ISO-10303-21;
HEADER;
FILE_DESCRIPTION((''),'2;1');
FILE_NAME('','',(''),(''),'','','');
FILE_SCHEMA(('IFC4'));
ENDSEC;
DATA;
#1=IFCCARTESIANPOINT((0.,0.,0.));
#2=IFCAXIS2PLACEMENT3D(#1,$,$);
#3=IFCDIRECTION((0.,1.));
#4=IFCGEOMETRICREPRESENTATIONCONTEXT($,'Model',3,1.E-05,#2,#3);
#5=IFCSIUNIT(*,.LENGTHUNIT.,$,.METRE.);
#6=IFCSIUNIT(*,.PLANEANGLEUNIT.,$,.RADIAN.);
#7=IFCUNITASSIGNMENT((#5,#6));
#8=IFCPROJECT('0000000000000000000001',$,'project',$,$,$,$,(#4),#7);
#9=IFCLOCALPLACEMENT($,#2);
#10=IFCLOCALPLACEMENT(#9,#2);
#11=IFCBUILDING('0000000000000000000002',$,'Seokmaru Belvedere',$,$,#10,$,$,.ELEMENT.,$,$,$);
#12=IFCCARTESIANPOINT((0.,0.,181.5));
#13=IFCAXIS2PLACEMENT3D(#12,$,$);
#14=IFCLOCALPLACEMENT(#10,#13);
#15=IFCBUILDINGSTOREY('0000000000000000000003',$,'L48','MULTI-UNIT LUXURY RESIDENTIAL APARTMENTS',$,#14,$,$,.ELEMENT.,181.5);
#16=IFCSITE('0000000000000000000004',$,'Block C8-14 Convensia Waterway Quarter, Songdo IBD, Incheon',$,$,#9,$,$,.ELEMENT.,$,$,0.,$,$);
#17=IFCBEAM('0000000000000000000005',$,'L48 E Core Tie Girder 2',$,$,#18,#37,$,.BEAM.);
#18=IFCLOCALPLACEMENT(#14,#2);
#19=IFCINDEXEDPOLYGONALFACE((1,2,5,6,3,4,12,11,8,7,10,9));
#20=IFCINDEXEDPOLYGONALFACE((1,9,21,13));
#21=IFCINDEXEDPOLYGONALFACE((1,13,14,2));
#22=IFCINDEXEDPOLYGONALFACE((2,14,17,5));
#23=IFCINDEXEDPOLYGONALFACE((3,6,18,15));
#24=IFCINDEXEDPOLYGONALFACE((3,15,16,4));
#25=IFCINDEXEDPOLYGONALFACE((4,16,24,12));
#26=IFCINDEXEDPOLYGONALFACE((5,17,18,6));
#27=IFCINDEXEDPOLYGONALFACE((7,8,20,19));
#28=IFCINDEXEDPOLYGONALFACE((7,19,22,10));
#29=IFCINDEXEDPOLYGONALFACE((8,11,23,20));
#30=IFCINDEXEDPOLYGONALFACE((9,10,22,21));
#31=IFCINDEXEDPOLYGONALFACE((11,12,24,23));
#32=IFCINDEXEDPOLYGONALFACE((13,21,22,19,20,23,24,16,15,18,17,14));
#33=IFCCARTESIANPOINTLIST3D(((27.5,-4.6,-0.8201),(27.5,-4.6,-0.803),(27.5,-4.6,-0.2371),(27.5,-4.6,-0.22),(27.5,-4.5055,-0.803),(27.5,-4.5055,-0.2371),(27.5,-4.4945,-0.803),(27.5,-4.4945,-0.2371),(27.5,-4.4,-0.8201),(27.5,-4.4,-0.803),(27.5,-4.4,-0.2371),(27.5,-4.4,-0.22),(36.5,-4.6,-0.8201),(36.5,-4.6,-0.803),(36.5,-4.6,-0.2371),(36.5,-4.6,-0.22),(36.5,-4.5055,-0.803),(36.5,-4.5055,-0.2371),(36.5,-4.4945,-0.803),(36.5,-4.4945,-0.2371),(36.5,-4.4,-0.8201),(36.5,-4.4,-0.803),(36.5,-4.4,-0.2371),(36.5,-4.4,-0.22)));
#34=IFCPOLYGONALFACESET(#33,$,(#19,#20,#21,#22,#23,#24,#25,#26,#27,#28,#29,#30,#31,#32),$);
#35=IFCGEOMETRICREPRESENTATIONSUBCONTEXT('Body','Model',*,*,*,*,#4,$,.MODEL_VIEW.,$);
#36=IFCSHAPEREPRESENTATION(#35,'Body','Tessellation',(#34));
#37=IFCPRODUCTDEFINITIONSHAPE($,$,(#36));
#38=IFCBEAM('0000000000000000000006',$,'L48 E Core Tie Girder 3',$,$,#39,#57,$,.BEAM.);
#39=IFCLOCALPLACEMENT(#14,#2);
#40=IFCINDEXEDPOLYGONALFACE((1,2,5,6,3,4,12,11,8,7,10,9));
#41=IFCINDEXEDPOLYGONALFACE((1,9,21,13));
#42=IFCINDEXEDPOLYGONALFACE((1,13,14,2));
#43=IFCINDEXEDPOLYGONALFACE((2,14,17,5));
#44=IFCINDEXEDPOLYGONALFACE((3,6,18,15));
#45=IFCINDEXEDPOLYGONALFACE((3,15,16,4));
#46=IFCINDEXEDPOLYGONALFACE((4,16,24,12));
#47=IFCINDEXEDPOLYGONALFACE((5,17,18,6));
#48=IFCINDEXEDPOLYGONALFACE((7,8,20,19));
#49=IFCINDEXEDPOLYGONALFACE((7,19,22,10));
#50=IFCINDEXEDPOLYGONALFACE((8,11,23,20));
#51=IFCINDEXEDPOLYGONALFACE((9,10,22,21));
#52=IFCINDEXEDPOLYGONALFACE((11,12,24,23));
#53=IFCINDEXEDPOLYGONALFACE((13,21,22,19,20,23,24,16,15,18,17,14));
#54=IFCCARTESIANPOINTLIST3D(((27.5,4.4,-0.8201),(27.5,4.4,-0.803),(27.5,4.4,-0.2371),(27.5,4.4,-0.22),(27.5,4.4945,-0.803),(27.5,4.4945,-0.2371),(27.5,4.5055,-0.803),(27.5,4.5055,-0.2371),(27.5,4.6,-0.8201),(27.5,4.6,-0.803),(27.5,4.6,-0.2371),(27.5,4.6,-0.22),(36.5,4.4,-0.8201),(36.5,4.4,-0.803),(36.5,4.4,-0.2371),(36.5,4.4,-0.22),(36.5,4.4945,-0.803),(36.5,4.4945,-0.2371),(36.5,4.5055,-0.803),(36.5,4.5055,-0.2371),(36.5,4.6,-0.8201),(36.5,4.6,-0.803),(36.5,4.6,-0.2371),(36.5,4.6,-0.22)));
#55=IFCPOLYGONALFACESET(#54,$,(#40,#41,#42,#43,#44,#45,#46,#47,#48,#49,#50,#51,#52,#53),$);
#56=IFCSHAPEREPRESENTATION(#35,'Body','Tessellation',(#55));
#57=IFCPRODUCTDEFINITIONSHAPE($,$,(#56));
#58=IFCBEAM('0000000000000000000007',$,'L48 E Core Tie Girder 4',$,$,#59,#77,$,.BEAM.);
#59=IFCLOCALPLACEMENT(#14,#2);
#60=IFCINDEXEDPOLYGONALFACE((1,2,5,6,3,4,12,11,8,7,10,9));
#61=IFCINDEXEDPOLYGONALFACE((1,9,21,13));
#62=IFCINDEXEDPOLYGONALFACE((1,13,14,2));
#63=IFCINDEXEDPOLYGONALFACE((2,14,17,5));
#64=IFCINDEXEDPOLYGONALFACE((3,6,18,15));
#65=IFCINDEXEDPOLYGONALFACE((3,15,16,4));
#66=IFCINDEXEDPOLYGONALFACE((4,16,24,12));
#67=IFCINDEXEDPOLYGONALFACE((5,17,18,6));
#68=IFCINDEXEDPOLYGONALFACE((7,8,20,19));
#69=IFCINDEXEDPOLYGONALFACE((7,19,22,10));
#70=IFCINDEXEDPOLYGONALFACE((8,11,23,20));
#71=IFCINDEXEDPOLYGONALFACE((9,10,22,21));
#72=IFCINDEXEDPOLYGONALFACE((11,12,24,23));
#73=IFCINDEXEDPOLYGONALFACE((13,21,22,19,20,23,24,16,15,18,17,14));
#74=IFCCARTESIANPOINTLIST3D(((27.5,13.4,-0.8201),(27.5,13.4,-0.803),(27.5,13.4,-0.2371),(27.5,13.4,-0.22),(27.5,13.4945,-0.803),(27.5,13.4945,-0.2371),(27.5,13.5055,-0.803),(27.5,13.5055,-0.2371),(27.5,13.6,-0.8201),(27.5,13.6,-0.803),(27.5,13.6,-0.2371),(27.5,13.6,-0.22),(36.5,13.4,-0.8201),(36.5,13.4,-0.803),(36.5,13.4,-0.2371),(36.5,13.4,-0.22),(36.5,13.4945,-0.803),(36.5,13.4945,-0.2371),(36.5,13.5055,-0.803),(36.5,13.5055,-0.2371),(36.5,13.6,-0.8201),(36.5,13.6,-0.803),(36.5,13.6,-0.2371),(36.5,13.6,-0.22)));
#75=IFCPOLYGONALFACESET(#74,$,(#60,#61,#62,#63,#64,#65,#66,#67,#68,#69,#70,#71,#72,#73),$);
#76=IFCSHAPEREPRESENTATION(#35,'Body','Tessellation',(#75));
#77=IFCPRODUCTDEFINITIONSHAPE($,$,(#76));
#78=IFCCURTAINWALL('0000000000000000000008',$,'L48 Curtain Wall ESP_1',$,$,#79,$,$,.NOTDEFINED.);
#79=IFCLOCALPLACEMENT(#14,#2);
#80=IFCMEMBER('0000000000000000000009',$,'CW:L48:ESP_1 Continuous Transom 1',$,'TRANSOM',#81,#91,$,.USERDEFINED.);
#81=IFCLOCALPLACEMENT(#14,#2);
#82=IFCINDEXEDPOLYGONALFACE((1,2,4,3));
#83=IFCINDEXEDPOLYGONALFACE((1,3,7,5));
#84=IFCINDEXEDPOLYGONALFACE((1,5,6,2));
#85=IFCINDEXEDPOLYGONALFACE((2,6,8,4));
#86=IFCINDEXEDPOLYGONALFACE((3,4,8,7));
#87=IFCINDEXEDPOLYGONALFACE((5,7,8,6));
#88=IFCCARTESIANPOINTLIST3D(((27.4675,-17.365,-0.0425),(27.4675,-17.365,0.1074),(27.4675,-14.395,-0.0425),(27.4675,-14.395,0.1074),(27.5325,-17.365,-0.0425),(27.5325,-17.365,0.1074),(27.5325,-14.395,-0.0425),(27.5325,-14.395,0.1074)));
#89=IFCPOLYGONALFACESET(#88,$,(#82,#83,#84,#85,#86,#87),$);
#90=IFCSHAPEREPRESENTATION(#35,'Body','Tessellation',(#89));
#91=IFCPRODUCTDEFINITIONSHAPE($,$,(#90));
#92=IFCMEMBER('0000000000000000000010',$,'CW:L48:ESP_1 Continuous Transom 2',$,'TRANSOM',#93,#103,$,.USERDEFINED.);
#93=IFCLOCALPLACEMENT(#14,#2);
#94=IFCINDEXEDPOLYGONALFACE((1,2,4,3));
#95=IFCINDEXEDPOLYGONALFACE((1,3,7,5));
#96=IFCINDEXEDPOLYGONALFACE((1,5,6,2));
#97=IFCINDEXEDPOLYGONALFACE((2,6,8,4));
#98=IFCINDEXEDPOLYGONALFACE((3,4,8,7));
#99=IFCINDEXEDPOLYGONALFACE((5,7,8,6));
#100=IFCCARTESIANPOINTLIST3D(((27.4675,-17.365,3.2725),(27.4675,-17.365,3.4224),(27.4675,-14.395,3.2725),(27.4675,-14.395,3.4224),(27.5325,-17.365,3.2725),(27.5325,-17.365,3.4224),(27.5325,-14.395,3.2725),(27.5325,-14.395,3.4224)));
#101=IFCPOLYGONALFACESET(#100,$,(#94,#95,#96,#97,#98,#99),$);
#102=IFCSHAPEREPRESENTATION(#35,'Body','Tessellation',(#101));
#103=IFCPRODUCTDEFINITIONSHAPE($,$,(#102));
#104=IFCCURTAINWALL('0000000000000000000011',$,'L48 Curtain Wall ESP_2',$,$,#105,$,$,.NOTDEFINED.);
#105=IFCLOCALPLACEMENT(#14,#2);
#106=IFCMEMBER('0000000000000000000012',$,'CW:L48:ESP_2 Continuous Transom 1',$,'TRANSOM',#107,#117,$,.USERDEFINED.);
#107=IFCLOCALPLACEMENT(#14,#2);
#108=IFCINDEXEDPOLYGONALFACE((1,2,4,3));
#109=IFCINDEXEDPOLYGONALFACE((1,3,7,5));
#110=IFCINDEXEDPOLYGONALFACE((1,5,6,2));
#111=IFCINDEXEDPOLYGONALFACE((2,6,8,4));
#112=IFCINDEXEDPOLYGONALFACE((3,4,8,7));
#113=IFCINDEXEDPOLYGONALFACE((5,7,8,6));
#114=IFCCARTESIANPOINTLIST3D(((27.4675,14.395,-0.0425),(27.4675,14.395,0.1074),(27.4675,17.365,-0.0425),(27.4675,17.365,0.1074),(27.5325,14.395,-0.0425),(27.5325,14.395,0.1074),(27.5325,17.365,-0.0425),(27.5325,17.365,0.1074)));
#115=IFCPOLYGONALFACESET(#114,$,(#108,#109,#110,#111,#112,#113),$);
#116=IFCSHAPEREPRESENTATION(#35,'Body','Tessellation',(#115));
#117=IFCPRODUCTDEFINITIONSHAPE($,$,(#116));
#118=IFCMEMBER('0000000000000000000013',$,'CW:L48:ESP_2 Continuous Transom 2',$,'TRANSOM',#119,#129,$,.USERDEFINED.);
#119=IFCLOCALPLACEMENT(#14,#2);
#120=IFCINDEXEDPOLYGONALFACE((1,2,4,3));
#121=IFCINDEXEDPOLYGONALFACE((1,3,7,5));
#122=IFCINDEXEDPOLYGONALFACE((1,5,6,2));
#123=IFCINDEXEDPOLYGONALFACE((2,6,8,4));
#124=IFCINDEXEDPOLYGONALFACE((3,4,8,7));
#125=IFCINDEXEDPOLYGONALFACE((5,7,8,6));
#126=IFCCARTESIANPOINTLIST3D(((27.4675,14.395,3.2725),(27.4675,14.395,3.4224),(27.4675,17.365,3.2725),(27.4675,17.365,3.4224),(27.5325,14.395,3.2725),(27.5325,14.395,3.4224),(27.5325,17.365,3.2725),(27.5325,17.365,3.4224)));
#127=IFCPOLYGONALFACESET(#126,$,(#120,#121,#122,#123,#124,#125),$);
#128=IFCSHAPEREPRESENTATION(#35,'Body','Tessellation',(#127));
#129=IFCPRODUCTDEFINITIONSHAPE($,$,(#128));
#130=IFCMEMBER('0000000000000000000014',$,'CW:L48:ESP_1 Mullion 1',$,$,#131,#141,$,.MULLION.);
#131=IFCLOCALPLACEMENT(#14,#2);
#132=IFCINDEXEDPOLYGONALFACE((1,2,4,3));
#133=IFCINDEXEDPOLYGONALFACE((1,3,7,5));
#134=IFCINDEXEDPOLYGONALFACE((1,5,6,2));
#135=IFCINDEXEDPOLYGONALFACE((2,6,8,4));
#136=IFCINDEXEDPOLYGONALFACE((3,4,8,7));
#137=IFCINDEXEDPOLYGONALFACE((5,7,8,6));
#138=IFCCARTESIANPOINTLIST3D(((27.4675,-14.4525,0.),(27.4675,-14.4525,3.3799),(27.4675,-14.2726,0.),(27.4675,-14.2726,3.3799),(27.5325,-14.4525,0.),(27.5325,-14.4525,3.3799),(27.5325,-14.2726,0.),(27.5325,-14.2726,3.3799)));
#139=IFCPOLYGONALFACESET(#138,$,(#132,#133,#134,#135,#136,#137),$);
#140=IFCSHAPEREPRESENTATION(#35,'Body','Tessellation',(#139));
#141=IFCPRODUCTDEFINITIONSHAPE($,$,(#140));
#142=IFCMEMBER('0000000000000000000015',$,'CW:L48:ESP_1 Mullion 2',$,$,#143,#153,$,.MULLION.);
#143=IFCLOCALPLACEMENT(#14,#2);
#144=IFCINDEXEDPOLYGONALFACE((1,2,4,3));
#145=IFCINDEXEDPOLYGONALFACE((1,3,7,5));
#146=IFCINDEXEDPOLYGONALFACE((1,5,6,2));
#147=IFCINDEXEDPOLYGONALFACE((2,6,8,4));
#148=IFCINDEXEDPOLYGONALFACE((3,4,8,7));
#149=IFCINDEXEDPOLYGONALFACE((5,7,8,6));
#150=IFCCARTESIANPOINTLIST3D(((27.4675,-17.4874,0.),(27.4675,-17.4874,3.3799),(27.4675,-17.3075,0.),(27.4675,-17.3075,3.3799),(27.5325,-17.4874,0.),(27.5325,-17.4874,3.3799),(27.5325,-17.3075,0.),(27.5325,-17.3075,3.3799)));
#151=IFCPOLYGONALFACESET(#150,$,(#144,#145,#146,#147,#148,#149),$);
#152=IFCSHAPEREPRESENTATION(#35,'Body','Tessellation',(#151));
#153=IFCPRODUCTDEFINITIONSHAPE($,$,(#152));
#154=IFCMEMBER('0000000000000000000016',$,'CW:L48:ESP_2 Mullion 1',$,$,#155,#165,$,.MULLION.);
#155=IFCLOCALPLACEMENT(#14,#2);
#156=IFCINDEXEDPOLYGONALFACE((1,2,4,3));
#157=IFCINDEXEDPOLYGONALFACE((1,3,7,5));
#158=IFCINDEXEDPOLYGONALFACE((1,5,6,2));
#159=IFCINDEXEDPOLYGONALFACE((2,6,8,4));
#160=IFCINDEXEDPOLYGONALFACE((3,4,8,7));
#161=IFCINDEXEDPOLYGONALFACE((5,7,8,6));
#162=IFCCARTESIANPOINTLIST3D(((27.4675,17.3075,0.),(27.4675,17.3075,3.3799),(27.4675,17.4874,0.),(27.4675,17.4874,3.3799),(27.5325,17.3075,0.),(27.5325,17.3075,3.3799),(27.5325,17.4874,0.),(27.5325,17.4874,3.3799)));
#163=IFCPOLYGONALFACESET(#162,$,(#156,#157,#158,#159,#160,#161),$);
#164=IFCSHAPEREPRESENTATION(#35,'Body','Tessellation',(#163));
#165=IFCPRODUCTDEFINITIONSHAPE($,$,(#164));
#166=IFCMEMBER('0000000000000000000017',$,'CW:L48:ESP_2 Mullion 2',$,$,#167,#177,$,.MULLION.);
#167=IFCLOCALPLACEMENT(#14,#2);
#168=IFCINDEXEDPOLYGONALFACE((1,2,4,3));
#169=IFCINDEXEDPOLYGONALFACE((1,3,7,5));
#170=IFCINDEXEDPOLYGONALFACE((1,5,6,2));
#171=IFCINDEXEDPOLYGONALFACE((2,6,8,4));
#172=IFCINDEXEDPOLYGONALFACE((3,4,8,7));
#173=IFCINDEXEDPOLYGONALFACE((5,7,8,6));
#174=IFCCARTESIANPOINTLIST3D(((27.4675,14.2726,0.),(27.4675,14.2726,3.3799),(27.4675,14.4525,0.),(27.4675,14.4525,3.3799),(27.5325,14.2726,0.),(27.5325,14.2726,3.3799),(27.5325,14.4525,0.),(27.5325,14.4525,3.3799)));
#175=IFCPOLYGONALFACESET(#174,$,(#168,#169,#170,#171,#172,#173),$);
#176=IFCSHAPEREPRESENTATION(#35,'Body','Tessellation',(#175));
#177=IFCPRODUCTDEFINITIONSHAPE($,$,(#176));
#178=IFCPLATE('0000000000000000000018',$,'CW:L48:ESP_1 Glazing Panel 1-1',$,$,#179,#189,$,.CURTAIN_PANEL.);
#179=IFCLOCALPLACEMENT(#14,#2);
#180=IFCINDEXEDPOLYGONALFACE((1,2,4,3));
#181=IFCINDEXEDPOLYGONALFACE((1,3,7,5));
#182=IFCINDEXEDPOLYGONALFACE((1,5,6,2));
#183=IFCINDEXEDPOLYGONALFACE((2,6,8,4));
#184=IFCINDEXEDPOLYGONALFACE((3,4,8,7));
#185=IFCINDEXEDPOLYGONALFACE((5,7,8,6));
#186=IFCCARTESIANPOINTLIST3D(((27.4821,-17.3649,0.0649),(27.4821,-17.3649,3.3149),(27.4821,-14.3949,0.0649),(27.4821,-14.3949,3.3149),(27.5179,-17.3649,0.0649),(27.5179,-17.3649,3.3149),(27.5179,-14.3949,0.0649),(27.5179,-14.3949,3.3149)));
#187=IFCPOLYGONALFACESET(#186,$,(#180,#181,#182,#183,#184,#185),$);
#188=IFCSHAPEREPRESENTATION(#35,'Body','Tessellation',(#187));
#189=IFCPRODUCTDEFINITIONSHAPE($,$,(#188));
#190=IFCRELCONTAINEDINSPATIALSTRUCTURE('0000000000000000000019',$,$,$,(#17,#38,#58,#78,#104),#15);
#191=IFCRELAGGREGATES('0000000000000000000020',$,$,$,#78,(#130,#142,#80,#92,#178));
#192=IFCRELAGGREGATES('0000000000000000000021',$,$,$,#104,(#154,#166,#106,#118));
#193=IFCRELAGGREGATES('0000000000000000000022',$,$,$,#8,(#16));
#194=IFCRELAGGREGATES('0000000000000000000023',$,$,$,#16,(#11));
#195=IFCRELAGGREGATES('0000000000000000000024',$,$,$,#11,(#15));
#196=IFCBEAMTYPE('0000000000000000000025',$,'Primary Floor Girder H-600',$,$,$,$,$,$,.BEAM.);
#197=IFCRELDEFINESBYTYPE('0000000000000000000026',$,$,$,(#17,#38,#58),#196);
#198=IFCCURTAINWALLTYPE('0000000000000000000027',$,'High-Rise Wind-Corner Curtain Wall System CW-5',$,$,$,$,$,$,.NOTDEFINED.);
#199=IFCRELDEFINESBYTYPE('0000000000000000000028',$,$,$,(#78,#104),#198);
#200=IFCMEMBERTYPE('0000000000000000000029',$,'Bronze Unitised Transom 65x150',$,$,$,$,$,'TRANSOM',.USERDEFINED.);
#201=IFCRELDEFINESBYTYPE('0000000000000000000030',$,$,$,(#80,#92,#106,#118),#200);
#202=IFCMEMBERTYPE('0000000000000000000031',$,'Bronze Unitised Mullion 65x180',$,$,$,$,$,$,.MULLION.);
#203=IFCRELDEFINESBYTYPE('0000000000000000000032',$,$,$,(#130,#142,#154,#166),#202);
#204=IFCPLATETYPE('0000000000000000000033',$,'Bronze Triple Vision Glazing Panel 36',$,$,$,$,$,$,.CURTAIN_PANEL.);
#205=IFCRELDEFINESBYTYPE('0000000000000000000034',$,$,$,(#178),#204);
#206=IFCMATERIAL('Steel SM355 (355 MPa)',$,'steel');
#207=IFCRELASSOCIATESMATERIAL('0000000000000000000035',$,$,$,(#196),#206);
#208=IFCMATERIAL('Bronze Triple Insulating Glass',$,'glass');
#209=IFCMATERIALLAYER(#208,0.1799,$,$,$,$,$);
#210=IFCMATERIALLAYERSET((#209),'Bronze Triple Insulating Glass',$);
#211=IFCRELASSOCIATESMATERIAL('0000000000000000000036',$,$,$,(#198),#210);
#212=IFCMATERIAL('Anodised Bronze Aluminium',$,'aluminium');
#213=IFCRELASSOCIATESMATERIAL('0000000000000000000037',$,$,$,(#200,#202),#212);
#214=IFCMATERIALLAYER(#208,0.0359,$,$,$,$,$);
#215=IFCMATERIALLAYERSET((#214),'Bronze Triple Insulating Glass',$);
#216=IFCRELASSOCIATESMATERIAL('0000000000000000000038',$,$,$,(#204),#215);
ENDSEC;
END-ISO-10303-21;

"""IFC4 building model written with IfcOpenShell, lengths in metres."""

from ifc_helpers import new_model, si_unit, direction, frame, origin, origin_2d, place, context, subcontext, project, spatial, rectangle, i_section, extrude, source, transform, mapped, material, layer, layer_set, material_profile, profile_set, type_object, type_shapes, element, aggregate, save


model = new_model("IFC4")

# Units and contexts
model_context = context("Model", 3, precision=1e-05, world=origin(), true_north=direction((0.0, 1.0)))
body_context = subcontext(model_context, "Body", "Model", "MODEL_VIEW")
ifc_project = project(units=[si_unit("LENGTHUNIT", "METRE"), si_unit("PLANEANGLEUNIT", "RADIAN")], contexts=[model_context])

# Site, building, storey
site_placement = place(None, origin())
site = spatial("IfcSite", under=ifc_project, at=site_placement, Name="Block C8-14 Convensia Waterway Quarter, Songdo IBD, Incheon", CompositionType="ELEMENT", RefElevation=0.0)
building_placement = place(site_placement, origin())
building = spatial("IfcBuilding", under=site, at=building_placement, Name="Seokmaru Belvedere", CompositionType="ELEMENT")
storey_placement = place(building_placement, frame((0.0, 0.0, 181.5)))
storey = spatial("IfcBuildingStorey", under=building, at=storey_placement, Name="L48", Description="MULTI-UNIT LUXURY RESIDENTIAL APARTMENTS", CompositionType="ELEMENT", Elevation=181.5)

# Beams
ifc_material_1 = material(Name="Steel SM355 (355 MPa)", Category="steel")
ifc_material_profile_1 = material_profile(ifc_material_1, i_section(OverallWidth=0.2, OverallDepth=0.6001, WebThickness=0.011, FlangeThickness=0.0171, at=origin_2d()), Name="H-600x200x11x17")
ifc_profile_set_1 = profile_set([ifc_material_profile_1], Name="Steel SM355 (355 MPa)")
beam_type = type_object("IfcBeamType", Name="Primary Floor Girder H-600", PredefinedType="BEAM", material=ifc_profile_set_1)
shared_shape_1 = source(origin(), body_context, "Body", "SweptSolid", [
    extrude(i_section(OverallWidth=0.2, OverallDepth=0.6001, WebThickness=0.011, FlangeThickness=0.0171, at=origin_2d()), origin(), (0.0, 0.0, 1.0), 9.0),
])
type_shapes(beam_type, [shared_shape_1])
for number, where, z_axis, x_axis, name in (
    (1, (27.5, -4.5, -0.52), (1.0, 0.0, 0.0), (0.0, 1.0, 0.0), "L48 E Core Tie Girder 2"),
    (2, (27.5, 4.5, -0.52), (1.0, 0.0, 0.0), (0.0, 1.0, 0.0), "L48 E Core Tie Girder 3"),
    (3, (27.5, 13.5, -0.52), (1.0, 0.0, 0.0), (0.0, 1.0, 0.0), "L48 E Core Tie Girder 4"),
):
    element("IfcBeam", number, at=place(storey_placement, frame(where, z_axis=z_axis, x_axis=x_axis)), inside=storey, type_object=beam_type, Name=name, PredefinedType="BEAM", context=body_context, shape_type="MappedRepresentation", body=[
        mapped(shared_shape_1, transform((0.0, 0.0, 0.0), scale=1.0)),
    ])

# Curtain walls, members
ifc_material_2 = material(Name="Bronze Triple Insulating Glass", Category="glass")
ifc_layer_1 = layer(ifc_material_2, 0.1799)
ifc_layer_set_1 = layer_set([ifc_layer_1], Name="Bronze Triple Insulating Glass")
curtain_wall_type = type_object("IfcCurtainWallType", Name="High-Rise Wind-Corner Curtain Wall System CW-5", PredefinedType="NOTDEFINED", material=ifc_layer_set_1)
curtain_wall_1_placement = place(storey_placement, origin())
curtain_wall_1 = element("IfcCurtainWall", 4, at=curtain_wall_1_placement, inside=storey, type_object=curtain_wall_type, Name="L48 Curtain Wall ESP_1", PredefinedType="NOTDEFINED")
ifc_material_3 = material(Name="Anodised Bronze Aluminium", Category="aluminium")
ifc_material_profile_2 = material_profile(ifc_material_3, rectangle(XDim=0.0649, YDim=0.1499, at=origin_2d()), Name="CW-T-65x150")
ifc_profile_set_2 = profile_set([ifc_material_profile_2], Name="Anodised Bronze Aluminium")
member_type_1 = type_object("IfcMemberType", Name="Bronze Unitised Transom 65x150", ElementType="TRANSOM", PredefinedType="USERDEFINED", material=ifc_profile_set_2)
shared_shape_2 = source(origin(), body_context, "Body", "SweptSolid", [
    extrude(rectangle(XDim=0.0649, YDim=0.1499, at=origin_2d()), origin(), (0.0, 0.0, 1.0), 2.97),
])
type_shapes(member_type_1, [shared_shape_2])
member_1_placement = place(storey_placement, frame((27.5, -14.395, 0.0325), z_axis=(0.0, -1.0, 0.0), x_axis=(1.0, 0.0, 0.0)))
member_1 = element("IfcMember", 5, at=member_1_placement, type_object=member_type_1, Name="CW:L48:ESP_1 Continuous Transom 1", ObjectType="TRANSOM", PredefinedType="USERDEFINED", context=body_context, shape_type="MappedRepresentation", body=[
    mapped(shared_shape_2, transform((0.0, 0.0, 0.0), scale=1.0)),
])
member_2_placement = place(storey_placement, frame((27.5, -14.395, 3.3474), z_axis=(0.0, -1.0, 0.0), x_axis=(1.0, 0.0, 0.0)))
member_2 = element("IfcMember", 6, at=member_2_placement, type_object=member_type_1, Name="CW:L48:ESP_1 Continuous Transom 2", ObjectType="TRANSOM", PredefinedType="USERDEFINED", context=body_context, shape_type="MappedRepresentation", body=[
    mapped(shared_shape_2, transform((0.0, 0.0, 0.0), scale=1.0)),
])
curtain_wall_2_placement = place(storey_placement, origin())
curtain_wall_2 = element("IfcCurtainWall", 7, at=curtain_wall_2_placement, inside=storey, type_object=curtain_wall_type, Name="L48 Curtain Wall ESP_2", PredefinedType="NOTDEFINED")
member_3_placement = place(storey_placement, frame((27.5, 17.365, 0.0325), z_axis=(0.0, -1.0, 0.0), x_axis=(1.0, 0.0, 0.0)))
member_3 = element("IfcMember", 8, at=member_3_placement, type_object=member_type_1, Name="CW:L48:ESP_2 Continuous Transom 1", ObjectType="TRANSOM", PredefinedType="USERDEFINED", context=body_context, shape_type="MappedRepresentation", body=[
    mapped(shared_shape_2, transform((0.0, 0.0, 0.0), scale=1.0)),
])
member_4_placement = place(storey_placement, frame((27.5, 17.365, 3.3474), z_axis=(0.0, -1.0, 0.0), x_axis=(1.0, 0.0, 0.0)))
member_4 = element("IfcMember", 9, at=member_4_placement, type_object=member_type_1, Name="CW:L48:ESP_2 Continuous Transom 2", ObjectType="TRANSOM", PredefinedType="USERDEFINED", context=body_context, shape_type="MappedRepresentation", body=[
    mapped(shared_shape_2, transform((0.0, 0.0, 0.0), scale=1.0)),
])

# Members
ifc_material_profile_3 = material_profile(ifc_material_3, rectangle(XDim=0.0649, YDim=0.1799, at=origin_2d()), Name="CW-M-65x180")
ifc_profile_set_3 = profile_set([ifc_material_profile_3], Name="Anodised Bronze Aluminium")
member_type_2 = type_object("IfcMemberType", Name="Bronze Unitised Mullion 65x180", PredefinedType="MULLION", material=ifc_profile_set_3)
shared_shape_3 = source(origin(), body_context, "Body", "SweptSolid", [
    extrude(rectangle(XDim=0.0649, YDim=0.1799, at=origin_2d()), origin(), (0.0, 0.0, 1.0), 3.3799),
])
type_shapes(member_type_2, [shared_shape_3])
member_5_placement = place(storey_placement, frame((27.5, -14.3625, 0.0), z_axis=(0.0, 0.0, 1.0), x_axis=(1.0, 0.0, 0.0)))
member_5 = element("IfcMember", 10, at=member_5_placement, type_object=member_type_2, Name="CW:L48:ESP_1 Mullion 1", PredefinedType="MULLION", context=body_context, shape_type="MappedRepresentation", body=[
    mapped(shared_shape_3, transform((0.0, 0.0, 0.0), scale=1.0)),
])
member_6_placement = place(storey_placement, frame((27.5, -17.3975, 0.0), z_axis=(0.0, 0.0, 1.0), x_axis=(1.0, 0.0, 0.0)))
member_6 = element("IfcMember", 11, at=member_6_placement, type_object=member_type_2, Name="CW:L48:ESP_1 Mullion 2", PredefinedType="MULLION", context=body_context, shape_type="MappedRepresentation", body=[
    mapped(shared_shape_3, transform((0.0, 0.0, 0.0), scale=1.0)),
])
member_7_placement = place(storey_placement, frame((27.5, 17.3975, 0.0), z_axis=(0.0, 0.0, 1.0), x_axis=(1.0, 0.0, 0.0)))
member_7 = element("IfcMember", 12, at=member_7_placement, type_object=member_type_2, Name="CW:L48:ESP_2 Mullion 1", PredefinedType="MULLION", context=body_context, shape_type="MappedRepresentation", body=[
    mapped(shared_shape_3, transform((0.0, 0.0, 0.0), scale=1.0)),
])
member_8_placement = place(storey_placement, frame((27.5, 14.3625, 0.0), z_axis=(0.0, 0.0, 1.0), x_axis=(1.0, 0.0, 0.0)))
member_8 = element("IfcMember", 13, at=member_8_placement, type_object=member_type_2, Name="CW:L48:ESP_2 Mullion 2", PredefinedType="MULLION", context=body_context, shape_type="MappedRepresentation", body=[
    mapped(shared_shape_3, transform((0.0, 0.0, 0.0), scale=1.0)),
])

# Plate
ifc_layer_2 = layer(ifc_material_2, 0.0359)
ifc_layer_set_2 = layer_set([ifc_layer_2], Name="Bronze Triple Insulating Glass")
plate_type = type_object("IfcPlateType", Name="Bronze Triple Vision Glazing Panel 36", PredefinedType="CURTAIN_PANEL", material=ifc_layer_set_2)
shared_shape_4 = source(origin(), body_context, "Body", "SweptSolid", [
    extrude(rectangle(XDim=2.97, YDim=0.0359, at=origin_2d()), origin(), (0.0, 0.0, 1.0), 3.25),
])
type_shapes(plate_type, [shared_shape_4])
plate_1_placement = place(storey_placement, frame((27.5, -15.8799, 0.0649), z_axis=(0.0, 0.0, 1.0), x_axis=(0.0, -1.0, 0.0)))
plate_1 = element("IfcPlate", 14, at=plate_1_placement, type_object=plate_type, Name="CW:L48:ESP_1 Glazing Panel 1-1", PredefinedType="CURTAIN_PANEL", context=body_context, shape_type="MappedRepresentation", body=[
    mapped(shared_shape_4, transform((0.0, 0.0, 0.0), scale=1.0)),
])
aggregate(curtain_wall_1, [member_5, member_6, member_1, member_2, plate_1])
aggregate(curtain_wall_2, [member_7, member_8, member_3, member_4])

save(model, "model.ifc")
